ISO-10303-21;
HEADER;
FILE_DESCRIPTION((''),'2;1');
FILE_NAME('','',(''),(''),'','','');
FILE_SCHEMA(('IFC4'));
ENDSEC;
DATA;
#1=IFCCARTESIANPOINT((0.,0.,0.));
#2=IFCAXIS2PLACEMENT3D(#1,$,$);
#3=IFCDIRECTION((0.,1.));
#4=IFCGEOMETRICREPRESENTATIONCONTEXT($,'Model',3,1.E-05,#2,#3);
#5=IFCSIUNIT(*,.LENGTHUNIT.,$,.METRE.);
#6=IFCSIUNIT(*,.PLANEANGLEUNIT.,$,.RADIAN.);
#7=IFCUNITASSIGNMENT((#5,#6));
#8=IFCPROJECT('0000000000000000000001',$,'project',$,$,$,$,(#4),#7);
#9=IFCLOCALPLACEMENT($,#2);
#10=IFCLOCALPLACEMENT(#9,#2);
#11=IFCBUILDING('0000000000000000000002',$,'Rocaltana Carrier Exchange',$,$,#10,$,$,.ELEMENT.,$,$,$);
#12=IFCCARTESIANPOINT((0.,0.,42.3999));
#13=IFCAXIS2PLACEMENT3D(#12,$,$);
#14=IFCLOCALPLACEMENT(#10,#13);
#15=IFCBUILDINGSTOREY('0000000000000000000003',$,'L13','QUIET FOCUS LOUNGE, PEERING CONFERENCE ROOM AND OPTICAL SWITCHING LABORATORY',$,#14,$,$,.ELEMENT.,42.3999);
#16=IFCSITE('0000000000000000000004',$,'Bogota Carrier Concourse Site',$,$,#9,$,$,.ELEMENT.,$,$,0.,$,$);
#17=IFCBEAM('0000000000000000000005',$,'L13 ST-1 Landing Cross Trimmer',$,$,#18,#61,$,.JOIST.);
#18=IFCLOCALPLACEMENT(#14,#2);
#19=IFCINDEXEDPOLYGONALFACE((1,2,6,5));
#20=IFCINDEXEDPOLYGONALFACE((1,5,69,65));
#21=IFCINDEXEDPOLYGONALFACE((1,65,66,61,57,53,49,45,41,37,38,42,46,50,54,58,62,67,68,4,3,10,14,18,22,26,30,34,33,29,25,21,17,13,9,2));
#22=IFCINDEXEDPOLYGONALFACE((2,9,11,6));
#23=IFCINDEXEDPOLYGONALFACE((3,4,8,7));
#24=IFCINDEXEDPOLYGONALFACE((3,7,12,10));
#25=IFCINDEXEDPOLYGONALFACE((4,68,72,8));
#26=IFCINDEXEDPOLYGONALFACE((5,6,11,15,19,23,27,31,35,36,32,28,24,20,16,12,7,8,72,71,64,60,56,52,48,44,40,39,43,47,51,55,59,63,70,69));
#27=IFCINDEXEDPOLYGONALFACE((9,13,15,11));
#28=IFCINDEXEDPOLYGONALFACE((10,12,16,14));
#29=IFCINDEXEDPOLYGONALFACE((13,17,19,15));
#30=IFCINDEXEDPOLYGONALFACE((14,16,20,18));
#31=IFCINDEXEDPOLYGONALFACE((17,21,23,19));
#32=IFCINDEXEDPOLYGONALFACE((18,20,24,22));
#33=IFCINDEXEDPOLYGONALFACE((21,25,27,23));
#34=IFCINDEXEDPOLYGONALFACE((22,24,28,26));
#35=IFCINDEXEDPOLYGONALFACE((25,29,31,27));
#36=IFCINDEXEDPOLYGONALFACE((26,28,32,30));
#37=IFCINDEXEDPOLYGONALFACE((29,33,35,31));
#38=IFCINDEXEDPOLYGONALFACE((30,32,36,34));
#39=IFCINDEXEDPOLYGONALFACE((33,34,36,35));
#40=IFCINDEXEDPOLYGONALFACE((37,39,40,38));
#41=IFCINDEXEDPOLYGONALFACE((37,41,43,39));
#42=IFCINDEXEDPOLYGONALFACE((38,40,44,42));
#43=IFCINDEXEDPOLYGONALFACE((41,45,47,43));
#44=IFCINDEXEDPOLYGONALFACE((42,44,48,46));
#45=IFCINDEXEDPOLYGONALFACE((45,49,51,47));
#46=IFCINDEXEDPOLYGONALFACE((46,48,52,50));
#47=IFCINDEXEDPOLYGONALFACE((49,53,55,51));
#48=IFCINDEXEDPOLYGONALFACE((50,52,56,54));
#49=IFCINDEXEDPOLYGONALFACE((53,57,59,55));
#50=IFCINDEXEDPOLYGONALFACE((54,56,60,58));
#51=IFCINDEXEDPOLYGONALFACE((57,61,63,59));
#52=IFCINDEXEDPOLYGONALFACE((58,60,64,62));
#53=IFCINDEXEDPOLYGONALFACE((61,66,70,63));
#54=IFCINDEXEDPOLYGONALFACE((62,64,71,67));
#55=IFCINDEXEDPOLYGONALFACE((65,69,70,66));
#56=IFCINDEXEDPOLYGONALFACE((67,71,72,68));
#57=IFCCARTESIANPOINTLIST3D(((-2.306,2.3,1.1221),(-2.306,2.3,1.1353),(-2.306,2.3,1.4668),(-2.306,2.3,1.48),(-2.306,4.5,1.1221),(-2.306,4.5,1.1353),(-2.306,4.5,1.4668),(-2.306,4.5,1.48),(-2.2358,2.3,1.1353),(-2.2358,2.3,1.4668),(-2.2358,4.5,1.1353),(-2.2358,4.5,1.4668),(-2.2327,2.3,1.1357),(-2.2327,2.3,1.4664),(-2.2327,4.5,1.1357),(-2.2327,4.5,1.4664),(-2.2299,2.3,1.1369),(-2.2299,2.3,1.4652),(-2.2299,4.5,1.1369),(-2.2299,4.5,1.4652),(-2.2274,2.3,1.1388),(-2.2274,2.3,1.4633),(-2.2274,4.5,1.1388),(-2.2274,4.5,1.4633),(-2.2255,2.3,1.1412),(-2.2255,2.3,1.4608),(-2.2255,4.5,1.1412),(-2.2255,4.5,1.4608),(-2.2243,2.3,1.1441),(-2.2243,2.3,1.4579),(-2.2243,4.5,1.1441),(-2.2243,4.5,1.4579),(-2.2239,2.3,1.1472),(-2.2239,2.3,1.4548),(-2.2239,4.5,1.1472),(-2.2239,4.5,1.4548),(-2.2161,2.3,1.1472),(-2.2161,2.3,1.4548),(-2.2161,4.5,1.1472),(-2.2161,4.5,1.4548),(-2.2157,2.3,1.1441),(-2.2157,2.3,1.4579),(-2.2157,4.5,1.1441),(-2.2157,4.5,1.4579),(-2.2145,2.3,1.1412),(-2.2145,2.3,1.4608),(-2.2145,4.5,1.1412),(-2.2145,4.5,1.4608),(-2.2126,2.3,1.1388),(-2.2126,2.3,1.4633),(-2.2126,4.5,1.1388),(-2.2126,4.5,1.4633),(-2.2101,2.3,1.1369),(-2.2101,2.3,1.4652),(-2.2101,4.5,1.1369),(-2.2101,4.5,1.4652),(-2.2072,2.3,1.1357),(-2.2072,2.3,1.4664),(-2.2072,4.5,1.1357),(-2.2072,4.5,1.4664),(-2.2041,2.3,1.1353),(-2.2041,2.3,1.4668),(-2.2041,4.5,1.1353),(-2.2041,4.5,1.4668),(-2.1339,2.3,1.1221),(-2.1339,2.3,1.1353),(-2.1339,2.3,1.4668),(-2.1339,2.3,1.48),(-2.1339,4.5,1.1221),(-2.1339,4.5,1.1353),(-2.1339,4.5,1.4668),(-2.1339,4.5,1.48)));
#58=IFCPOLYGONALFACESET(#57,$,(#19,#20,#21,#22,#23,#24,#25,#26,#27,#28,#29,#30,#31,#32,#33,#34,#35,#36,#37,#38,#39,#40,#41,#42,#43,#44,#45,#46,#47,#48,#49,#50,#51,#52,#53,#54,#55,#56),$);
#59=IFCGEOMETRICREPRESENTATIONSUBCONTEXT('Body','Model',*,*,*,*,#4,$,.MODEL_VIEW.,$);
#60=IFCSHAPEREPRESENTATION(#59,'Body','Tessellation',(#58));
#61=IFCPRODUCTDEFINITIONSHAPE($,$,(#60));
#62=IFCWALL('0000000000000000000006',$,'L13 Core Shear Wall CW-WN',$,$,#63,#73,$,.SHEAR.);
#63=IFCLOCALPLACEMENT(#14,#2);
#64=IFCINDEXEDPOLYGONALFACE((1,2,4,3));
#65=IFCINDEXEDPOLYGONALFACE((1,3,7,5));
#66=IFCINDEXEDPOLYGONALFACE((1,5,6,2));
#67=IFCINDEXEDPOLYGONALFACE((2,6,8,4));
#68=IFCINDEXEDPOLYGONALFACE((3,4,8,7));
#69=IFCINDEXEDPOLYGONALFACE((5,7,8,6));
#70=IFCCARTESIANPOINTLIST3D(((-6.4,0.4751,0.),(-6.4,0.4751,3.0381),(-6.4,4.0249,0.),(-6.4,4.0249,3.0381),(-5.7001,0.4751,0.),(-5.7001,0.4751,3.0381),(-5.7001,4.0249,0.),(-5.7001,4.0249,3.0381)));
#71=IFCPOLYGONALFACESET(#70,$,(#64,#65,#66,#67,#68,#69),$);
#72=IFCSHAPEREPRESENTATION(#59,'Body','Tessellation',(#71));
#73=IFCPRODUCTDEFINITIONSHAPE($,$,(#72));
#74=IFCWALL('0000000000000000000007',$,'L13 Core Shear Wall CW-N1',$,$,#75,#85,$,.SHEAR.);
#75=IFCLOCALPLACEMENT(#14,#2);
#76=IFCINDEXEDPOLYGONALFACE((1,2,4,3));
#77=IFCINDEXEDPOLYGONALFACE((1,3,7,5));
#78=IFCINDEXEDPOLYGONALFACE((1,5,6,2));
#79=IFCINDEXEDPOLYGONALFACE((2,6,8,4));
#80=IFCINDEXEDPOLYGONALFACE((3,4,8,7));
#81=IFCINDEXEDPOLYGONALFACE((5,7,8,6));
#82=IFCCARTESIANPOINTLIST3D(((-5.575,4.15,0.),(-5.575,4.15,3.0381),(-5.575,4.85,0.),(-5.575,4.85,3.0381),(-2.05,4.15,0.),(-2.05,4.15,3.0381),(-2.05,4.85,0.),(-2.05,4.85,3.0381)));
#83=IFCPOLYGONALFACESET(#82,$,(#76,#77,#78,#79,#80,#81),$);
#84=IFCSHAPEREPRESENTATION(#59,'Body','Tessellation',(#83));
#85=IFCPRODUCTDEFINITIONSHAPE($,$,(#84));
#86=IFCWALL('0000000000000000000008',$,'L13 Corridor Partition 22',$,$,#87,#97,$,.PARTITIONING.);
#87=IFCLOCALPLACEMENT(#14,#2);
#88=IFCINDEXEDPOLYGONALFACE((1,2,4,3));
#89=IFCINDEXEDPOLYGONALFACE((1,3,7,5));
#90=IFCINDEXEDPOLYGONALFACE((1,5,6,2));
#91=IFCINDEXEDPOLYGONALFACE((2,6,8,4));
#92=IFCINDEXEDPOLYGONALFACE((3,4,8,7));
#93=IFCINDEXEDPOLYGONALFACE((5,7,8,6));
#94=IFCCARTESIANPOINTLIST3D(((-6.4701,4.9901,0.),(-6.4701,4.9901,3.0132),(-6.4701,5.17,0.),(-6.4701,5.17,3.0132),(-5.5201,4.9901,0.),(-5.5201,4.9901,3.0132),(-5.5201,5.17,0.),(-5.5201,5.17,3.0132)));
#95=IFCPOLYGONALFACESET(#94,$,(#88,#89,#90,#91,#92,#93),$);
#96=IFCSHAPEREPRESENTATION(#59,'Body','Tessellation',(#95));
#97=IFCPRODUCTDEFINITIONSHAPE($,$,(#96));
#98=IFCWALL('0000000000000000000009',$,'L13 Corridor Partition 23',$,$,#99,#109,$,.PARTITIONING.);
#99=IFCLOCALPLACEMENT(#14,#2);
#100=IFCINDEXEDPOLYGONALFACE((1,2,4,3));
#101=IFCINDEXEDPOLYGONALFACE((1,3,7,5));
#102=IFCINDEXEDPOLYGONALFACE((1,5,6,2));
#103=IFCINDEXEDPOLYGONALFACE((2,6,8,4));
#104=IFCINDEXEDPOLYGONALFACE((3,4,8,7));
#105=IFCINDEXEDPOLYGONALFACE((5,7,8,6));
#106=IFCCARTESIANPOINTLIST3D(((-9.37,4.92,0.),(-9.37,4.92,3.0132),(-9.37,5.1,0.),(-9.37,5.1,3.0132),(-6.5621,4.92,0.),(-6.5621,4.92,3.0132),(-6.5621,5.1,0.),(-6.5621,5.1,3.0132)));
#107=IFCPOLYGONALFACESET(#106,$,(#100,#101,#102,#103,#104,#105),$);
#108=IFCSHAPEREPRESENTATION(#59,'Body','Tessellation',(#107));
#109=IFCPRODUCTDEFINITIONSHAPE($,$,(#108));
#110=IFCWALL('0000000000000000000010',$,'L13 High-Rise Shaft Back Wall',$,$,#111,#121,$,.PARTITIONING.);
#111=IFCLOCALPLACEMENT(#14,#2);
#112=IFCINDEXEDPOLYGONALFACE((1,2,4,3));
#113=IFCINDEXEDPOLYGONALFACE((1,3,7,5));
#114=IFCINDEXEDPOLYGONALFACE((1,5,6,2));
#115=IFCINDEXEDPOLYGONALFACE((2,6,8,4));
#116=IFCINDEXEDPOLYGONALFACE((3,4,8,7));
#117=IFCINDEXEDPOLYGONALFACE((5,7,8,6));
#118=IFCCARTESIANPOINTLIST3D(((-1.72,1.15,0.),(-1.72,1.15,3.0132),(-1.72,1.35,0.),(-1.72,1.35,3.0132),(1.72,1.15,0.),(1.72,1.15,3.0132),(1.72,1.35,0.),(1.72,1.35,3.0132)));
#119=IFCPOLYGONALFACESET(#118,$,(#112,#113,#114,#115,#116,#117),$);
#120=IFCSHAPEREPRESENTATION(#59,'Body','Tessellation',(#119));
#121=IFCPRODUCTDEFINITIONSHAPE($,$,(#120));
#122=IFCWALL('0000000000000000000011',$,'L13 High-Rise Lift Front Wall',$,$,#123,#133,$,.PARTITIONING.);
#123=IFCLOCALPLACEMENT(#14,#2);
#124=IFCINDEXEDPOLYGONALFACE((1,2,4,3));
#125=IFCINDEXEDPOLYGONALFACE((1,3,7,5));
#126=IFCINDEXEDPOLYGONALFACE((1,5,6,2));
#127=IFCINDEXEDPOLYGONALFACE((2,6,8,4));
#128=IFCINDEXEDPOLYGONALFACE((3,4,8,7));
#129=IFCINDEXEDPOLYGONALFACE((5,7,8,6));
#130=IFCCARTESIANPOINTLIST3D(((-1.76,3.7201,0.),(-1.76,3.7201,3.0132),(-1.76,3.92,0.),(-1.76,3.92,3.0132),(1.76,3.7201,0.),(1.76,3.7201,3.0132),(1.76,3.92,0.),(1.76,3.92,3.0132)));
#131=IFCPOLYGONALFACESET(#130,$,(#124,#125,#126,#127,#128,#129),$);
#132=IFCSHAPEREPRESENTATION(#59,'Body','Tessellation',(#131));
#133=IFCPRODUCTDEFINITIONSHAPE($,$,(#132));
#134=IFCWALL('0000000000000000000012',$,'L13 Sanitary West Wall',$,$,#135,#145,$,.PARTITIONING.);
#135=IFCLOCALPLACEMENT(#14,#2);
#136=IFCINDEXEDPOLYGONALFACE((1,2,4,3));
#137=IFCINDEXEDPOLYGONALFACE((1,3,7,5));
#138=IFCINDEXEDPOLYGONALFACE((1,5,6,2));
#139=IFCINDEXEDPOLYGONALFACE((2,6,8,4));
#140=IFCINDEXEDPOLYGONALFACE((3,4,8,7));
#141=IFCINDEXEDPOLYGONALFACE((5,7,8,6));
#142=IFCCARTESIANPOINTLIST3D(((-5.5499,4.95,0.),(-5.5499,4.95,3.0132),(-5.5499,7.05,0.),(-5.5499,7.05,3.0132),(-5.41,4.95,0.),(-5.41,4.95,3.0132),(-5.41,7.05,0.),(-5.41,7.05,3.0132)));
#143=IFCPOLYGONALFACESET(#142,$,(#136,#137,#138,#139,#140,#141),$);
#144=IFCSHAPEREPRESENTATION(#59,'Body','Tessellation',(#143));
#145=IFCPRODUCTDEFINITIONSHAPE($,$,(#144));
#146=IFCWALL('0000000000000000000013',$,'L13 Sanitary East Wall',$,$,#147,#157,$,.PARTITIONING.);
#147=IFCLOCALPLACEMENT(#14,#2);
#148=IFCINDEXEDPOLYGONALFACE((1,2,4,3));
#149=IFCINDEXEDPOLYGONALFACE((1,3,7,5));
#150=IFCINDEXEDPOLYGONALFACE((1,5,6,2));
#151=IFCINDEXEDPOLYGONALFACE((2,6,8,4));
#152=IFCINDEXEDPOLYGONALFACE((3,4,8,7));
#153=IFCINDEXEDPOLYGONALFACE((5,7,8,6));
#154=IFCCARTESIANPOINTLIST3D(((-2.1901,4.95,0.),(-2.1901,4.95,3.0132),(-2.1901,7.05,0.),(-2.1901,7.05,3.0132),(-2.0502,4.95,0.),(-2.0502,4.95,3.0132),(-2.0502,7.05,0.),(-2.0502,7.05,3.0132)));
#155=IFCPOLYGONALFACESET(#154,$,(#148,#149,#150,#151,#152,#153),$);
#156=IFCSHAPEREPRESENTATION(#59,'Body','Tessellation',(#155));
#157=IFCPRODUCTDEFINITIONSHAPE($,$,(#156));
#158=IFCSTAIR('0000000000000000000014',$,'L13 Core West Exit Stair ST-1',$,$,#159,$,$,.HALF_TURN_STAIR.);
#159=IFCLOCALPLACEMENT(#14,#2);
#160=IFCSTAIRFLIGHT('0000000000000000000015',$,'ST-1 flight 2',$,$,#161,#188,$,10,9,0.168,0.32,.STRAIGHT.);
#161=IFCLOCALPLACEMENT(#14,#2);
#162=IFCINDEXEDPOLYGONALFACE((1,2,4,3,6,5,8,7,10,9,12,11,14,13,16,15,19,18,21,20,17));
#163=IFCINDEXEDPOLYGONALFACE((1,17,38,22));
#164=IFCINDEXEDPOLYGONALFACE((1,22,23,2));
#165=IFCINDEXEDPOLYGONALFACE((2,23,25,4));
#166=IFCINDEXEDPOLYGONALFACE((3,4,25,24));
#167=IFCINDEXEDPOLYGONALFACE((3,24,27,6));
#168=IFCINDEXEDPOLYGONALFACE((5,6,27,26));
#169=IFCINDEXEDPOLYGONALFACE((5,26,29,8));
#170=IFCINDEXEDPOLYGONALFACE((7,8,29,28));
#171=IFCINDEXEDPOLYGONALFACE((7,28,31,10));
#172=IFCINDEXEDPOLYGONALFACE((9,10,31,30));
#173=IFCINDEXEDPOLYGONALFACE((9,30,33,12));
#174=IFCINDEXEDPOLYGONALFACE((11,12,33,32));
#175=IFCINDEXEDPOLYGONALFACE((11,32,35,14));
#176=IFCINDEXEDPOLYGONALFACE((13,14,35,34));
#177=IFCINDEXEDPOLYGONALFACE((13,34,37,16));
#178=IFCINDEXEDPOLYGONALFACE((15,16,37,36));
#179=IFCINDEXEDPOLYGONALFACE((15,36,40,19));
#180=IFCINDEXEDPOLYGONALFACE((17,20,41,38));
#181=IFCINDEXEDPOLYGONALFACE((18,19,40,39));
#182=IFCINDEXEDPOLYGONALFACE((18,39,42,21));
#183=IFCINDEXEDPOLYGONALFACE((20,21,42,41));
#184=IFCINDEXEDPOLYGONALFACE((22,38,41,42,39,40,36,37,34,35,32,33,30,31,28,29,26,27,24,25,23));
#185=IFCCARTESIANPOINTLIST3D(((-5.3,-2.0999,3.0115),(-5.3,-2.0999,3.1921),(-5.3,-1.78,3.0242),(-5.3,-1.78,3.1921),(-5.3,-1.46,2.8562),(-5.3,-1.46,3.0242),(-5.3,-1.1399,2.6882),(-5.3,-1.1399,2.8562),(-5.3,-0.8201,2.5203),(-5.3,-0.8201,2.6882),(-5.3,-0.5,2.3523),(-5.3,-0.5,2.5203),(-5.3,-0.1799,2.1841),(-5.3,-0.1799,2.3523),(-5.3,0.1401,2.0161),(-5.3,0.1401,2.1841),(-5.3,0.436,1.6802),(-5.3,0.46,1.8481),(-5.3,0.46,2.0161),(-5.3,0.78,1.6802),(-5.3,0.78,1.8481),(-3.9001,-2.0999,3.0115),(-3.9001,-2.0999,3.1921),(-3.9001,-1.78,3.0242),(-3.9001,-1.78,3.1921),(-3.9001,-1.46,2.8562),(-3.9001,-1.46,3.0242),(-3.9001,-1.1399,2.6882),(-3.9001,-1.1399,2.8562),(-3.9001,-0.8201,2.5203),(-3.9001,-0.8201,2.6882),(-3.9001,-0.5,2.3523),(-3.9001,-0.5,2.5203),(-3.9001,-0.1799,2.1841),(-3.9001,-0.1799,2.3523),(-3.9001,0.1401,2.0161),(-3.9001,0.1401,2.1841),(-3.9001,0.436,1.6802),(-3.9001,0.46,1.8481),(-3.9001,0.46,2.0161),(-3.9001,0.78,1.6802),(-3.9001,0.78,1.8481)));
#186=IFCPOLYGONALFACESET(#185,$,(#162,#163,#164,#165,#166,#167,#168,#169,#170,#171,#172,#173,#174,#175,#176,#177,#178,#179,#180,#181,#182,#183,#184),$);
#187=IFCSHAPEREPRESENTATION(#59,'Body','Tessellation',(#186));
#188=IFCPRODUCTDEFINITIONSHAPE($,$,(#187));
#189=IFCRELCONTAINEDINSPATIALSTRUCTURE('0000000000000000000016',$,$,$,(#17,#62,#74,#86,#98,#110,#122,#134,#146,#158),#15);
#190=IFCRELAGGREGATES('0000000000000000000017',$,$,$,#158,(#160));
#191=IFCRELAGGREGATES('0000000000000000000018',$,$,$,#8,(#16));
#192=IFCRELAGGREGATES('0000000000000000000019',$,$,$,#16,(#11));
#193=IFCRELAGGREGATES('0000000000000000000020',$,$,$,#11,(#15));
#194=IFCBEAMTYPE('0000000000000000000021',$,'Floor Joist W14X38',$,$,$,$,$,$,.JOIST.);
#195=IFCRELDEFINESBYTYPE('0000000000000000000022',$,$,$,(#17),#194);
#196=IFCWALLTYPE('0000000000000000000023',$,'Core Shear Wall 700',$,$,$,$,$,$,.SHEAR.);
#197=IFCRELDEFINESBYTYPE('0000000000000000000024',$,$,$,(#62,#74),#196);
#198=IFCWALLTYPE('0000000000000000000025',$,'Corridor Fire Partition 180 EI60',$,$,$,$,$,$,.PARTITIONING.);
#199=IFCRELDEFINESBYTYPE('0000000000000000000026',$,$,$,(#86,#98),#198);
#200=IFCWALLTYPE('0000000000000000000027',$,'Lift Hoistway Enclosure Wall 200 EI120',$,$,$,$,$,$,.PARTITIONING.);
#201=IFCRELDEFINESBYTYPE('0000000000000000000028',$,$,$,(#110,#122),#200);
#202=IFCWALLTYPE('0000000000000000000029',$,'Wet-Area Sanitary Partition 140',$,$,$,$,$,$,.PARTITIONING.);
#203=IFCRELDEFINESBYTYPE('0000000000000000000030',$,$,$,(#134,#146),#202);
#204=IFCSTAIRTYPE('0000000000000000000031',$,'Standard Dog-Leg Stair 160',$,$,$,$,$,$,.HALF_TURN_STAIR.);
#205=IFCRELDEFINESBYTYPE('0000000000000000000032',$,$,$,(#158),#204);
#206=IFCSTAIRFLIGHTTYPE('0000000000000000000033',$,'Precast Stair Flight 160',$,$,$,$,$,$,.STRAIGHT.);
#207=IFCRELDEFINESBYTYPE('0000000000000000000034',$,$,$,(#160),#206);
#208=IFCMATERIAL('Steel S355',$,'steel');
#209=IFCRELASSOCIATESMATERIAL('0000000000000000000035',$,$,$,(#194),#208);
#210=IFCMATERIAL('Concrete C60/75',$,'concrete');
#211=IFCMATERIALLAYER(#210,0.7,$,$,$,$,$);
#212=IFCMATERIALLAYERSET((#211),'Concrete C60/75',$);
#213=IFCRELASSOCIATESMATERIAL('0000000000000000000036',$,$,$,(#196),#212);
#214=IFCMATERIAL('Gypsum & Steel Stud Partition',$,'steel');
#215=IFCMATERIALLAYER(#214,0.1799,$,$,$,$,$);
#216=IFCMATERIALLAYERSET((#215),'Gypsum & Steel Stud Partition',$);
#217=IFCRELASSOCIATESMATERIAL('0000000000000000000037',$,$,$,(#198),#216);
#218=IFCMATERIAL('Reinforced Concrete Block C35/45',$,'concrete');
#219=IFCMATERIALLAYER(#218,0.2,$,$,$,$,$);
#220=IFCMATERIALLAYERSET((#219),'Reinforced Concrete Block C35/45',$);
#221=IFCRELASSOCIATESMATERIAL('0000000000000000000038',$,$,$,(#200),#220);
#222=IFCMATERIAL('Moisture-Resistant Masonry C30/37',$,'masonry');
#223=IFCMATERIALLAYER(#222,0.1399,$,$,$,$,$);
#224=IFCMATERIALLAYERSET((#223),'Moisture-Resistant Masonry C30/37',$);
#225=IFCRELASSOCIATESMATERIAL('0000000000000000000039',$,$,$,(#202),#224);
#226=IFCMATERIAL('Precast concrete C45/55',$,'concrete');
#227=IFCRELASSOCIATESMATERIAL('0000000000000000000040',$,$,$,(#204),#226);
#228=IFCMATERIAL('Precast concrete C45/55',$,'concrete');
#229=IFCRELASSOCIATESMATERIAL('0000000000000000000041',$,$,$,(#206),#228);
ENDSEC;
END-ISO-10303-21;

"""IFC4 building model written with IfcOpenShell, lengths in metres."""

from ifc_helpers import new_model, si_unit, direction, frame, frame_2d, origin, origin_2d, place, context, subcontext, project, spatial, polyline, rectangle, i_section, outline, extrude, material, layer, layer_set, material_profile, profile_set, type_object, element, aggregate, save


model = new_model("IFC4")

# Units and contexts
model_context = context("Model", 3, precision=1e-05, world=origin(), true_north=direction((0.0, 1.0)))
body_context = subcontext(model_context, "Body", "Model", "MODEL_VIEW")
ifc_project = project(units=[si_unit("LENGTHUNIT", "METRE"), si_unit("PLANEANGLEUNIT", "RADIAN")], contexts=[model_context])

# Site, building, storey
site_placement = place(None, origin())
site = spatial("IfcSite", under=ifc_project, at=site_placement, Name="Bogota Carrier Concourse Site", CompositionType="ELEMENT", RefElevation=0.0)
building_placement = place(site_placement, origin())
building = spatial("IfcBuilding", under=site, at=building_placement, Name="Rocaltana Carrier Exchange", CompositionType="ELEMENT")
storey_placement = place(building_placement, frame((0.0, 0.0, 42.3999)))
storey = spatial("IfcBuildingStorey", under=building, at=storey_placement, Name="L13", Description="QUIET FOCUS LOUNGE, PEERING CONFERENCE ROOM AND OPTICAL SWITCHING LABORATORY", CompositionType="ELEMENT", Elevation=42.3999)

# Beam
ifc_material_1 = material(Name="Steel S355", Category="steel")
ifc_material_profile_1 = material_profile(ifc_material_1, i_section(OverallWidth=0.1721, OverallDepth=0.3579, WebThickness=0.0078, FlangeThickness=0.0132, FilletRadius=0.012, at=origin_2d()), Name="W14X38")
ifc_profile_set_1 = profile_set([ifc_material_profile_1], Name="Steel S355")
beam_type_1 = type_object("IfcBeamType", Name="Floor Joist W14X38", PredefinedType="JOIST", material=ifc_profile_set_1)
beam_1_placement = place(storey_placement, frame((-2.22, 2.3, 1.301), z_axis=(0.0, 1.0, 0.0), x_axis=(-1.0, 0.0, 0.0)))
element("IfcBeam", 1, at=beam_1_placement, inside=storey, type_object=beam_type_1, Name="L13 ST-1 Landing Cross Trimmer", PredefinedType="JOIST", context=body_context, shape_type="SweptSolid", body=[
    extrude(i_section(OverallWidth=0.1721, OverallDepth=0.3579, WebThickness=0.0078, FlangeThickness=0.0132, FilletRadius=0.012, at=origin_2d()), origin(), (0.0, 0.0, 1.0), 2.2),
])

# Walls
ifc_material_2 = material(Name="Concrete C60/75", Category="concrete")
ifc_layer_1 = layer(ifc_material_2, 0.7)
ifc_layer_set_1 = layer_set([ifc_layer_1], Name="Concrete C60/75")
wall_type_1 = type_object("IfcWallType", Name="Core Shear Wall 700", PredefinedType="SHEAR", material=ifc_layer_set_1)
wall_1_placement = place(storey_placement, frame((-6.05, 0.4751, 0.0), z_axis=(0.0, 0.0, 1.0), x_axis=(0.0, 1.0, 0.0)))
element("IfcWall", 2, at=wall_1_placement, inside=storey, type_object=wall_type_1, Name="L13 Core Shear Wall CW-WN", PredefinedType="SHEAR", context=body_context, shape_type="SweptSolid", body=[
    extrude(rectangle(XDim=3.5498, YDim=0.7, at=frame_2d((1.7749, 0.0))), origin(), (0.0, 0.0, 1.0), 3.0381),
])
wall_2_placement = place(storey_placement, frame((-5.575, 4.5, 0.0), z_axis=(0.0, 0.0, 1.0), x_axis=(1.0, 0.0, 0.0)))
element("IfcWall", 3, at=wall_2_placement, inside=storey, type_object=wall_type_1, Name="L13 Core Shear Wall CW-N1", PredefinedType="SHEAR", context=body_context, shape_type="SweptSolid", body=[
    extrude(rectangle(XDim=3.5249, YDim=0.7, at=frame_2d((1.7625, 0.0))), origin(), (0.0, 0.0, 1.0), 3.0381),
])
ifc_material_3 = material(Name="Gypsum & Steel Stud Partition", Category="steel")
ifc_layer_2 = layer(ifc_material_3, 0.1799)
ifc_layer_set_2 = layer_set([ifc_layer_2], Name="Gypsum & Steel Stud Partition")
wall_type_2 = type_object("IfcWallType", Name="Corridor Fire Partition 180 EI60", PredefinedType="PARTITIONING", material=ifc_layer_set_2)
wall_3_placement = place(storey_placement, frame((-5.52, 5.0801, 0.0), z_axis=(0.0, 0.0, 1.0), x_axis=(-1.0, 0.0, 0.0)))
element("IfcWall", 4, at=wall_3_placement, inside=storey, type_object=wall_type_2, Name="L13 Corridor Partition 22", PredefinedType="PARTITIONING", context=body_context, shape_type="SweptSolid", body=[
    extrude(rectangle(XDim=0.95, YDim=0.1799, at=frame_2d((0.4751, 0.0))), origin(), (0.0, 0.0, 1.0), 3.0132),
])
wall_4_placement = place(storey_placement, frame((-6.5623, 5.01, 0.0), z_axis=(0.0, 0.0, 1.0), x_axis=(-1.0, 0.0, 0.0)))
element("IfcWall", 5, at=wall_4_placement, inside=storey, type_object=wall_type_2, Name="L13 Corridor Partition 23", PredefinedType="PARTITIONING", context=body_context, shape_type="SweptSolid", body=[
    extrude(rectangle(XDim=2.8079, YDim=0.1799, at=frame_2d((1.4038, 0.0))), origin(), (0.0, 0.0, 1.0), 3.0132),
])
ifc_material_4 = material(Name="Reinforced Concrete Block C35/45", Category="concrete")
ifc_layer_3 = layer(ifc_material_4, 0.2)
ifc_layer_set_3 = layer_set([ifc_layer_3], Name="Reinforced Concrete Block C35/45")
wall_type_3 = type_object("IfcWallType", Name="Lift Hoistway Enclosure Wall 200 EI120", PredefinedType="PARTITIONING", material=ifc_layer_set_3)
wall_5_placement = place(storey_placement, frame((-1.72, 1.25, 0.0), z_axis=(0.0, 0.0, 1.0), x_axis=(1.0, 0.0, 0.0)))
element("IfcWall", 6, at=wall_5_placement, inside=storey, type_object=wall_type_3, Name="L13 High-Rise Shaft Back Wall", PredefinedType="PARTITIONING", context=body_context, shape_type="SweptSolid", body=[
    extrude(rectangle(XDim=3.4399, YDim=0.2, at=frame_2d((1.72, 0.0))), origin(), (0.0, 0.0, 1.0), 3.0132),
])
wall_6_placement = place(storey_placement, frame((-1.76, 3.8201, 0.0), z_axis=(0.0, 0.0, 1.0), x_axis=(1.0, 0.0, 0.0)))
element("IfcWall", 7, at=wall_6_placement, inside=storey, type_object=wall_type_3, Name="L13 High-Rise Lift Front Wall", PredefinedType="PARTITIONING", context=body_context, shape_type="SweptSolid", body=[
    extrude(rectangle(XDim=3.52, YDim=0.2, at=frame_2d((1.76, 0.0))), origin(), (0.0, 0.0, 1.0), 3.0132),
])
ifc_material_5 = material(Name="Moisture-Resistant Masonry C30/37", Category="masonry")
ifc_layer_4 = layer(ifc_material_5, 0.1399)
ifc_layer_set_4 = layer_set([ifc_layer_4], Name="Moisture-Resistant Masonry C30/37")
wall_type_4 = type_object("IfcWallType", Name="Wet-Area Sanitary Partition 140", PredefinedType="PARTITIONING", material=ifc_layer_set_4)
for number, where, z_axis, x_axis, name in (
    (8, (-5.48, 4.95, 0.0), (0.0, 0.0, 1.0), (0.0, 1.0, 0.0), "L13 Sanitary West Wall"),
    (9, (-2.1201, 4.95, 0.0), (0.0, 0.0, 1.0), (0.0, 1.0, 0.0), "L13 Sanitary East Wall"),
):
    element("IfcWall", number, at=place(storey_placement, frame(where, z_axis=z_axis, x_axis=x_axis)), inside=storey, type_object=wall_type_4, Name=name, PredefinedType="PARTITIONING", context=body_context, shape_type="SweptSolid", body=[
        extrude(rectangle(XDim=2.1001, YDim=0.1399, at=frame_2d((1.05, 0.0))), origin(), (0.0, 0.0, 1.0), 3.0132),
    ])

# Stair, stair flight
ifc_material_6 = material(Name="Precast concrete C45/55", Category="concrete")
stair_type = type_object("IfcStairType", Name="Standard Dog-Leg Stair 160", PredefinedType="HALF_TURN_STAIR", material=ifc_material_6)
stair_placement = place(storey_placement, origin())
stair = element("IfcStair", 10, at=stair_placement, inside=storey, type_object=stair_type, Name="L13 Core West Exit Stair ST-1", PredefinedType="HALF_TURN_STAIR")
ifc_material_7 = material(Name="Precast concrete C45/55", Category="concrete")
stair_flight_type = type_object("IfcStairFlightType", Name="Precast Stair Flight 160", PredefinedType="STRAIGHT", material=ifc_material_7)
stair_flight_placement = place(storey_placement, frame((-4.6001, 0.78, 1.6802), z_axis=(0.0, 0.0, 1.0), x_axis=(0.0, -1.0, 0.0)))
stair_flight = element("IfcStairFlight", 11, at=stair_flight_placement, type_object=stair_flight_type, Name="ST-1 flight 2", NumberOfRisers=10, NumberOfTreads=9, PredefinedType="STRAIGHT", RiserHeight=0.168, TreadLength=0.32, context=body_context, shape_type="SweptSolid", body=[
    extrude(outline(polyline([(0.0, 0.0), (0.0, 0.168), (0.3201, 0.168), (0.3201, 0.3359), (0.6399, 0.3359), (0.6399, 0.5039), (0.96, 0.5039), (0.96, 0.6721), (1.28, 0.6721), (1.28, 0.8401), (1.6001, 0.8401), (1.6001, 1.0081), (1.9199, 1.0081), (1.9199, 1.176), (2.24, 1.176), (2.24, 1.344), (2.5601, 1.344), (2.5601, 1.512), (2.8799, 1.512), (2.8799, 1.6799), (2.8799, 1.3313), (0.344, 0.0), (0.0, 0.0)])), frame((0.0, 0.7, 0.0), z_axis=(0.0, -1.0, 0.0), x_axis=(1.0, 0.0, 0.0)), (0.0, 0.0, 1.0), 1.3999),
])
aggregate(stair, [stair_flight])

save(model, "model.ifc")
